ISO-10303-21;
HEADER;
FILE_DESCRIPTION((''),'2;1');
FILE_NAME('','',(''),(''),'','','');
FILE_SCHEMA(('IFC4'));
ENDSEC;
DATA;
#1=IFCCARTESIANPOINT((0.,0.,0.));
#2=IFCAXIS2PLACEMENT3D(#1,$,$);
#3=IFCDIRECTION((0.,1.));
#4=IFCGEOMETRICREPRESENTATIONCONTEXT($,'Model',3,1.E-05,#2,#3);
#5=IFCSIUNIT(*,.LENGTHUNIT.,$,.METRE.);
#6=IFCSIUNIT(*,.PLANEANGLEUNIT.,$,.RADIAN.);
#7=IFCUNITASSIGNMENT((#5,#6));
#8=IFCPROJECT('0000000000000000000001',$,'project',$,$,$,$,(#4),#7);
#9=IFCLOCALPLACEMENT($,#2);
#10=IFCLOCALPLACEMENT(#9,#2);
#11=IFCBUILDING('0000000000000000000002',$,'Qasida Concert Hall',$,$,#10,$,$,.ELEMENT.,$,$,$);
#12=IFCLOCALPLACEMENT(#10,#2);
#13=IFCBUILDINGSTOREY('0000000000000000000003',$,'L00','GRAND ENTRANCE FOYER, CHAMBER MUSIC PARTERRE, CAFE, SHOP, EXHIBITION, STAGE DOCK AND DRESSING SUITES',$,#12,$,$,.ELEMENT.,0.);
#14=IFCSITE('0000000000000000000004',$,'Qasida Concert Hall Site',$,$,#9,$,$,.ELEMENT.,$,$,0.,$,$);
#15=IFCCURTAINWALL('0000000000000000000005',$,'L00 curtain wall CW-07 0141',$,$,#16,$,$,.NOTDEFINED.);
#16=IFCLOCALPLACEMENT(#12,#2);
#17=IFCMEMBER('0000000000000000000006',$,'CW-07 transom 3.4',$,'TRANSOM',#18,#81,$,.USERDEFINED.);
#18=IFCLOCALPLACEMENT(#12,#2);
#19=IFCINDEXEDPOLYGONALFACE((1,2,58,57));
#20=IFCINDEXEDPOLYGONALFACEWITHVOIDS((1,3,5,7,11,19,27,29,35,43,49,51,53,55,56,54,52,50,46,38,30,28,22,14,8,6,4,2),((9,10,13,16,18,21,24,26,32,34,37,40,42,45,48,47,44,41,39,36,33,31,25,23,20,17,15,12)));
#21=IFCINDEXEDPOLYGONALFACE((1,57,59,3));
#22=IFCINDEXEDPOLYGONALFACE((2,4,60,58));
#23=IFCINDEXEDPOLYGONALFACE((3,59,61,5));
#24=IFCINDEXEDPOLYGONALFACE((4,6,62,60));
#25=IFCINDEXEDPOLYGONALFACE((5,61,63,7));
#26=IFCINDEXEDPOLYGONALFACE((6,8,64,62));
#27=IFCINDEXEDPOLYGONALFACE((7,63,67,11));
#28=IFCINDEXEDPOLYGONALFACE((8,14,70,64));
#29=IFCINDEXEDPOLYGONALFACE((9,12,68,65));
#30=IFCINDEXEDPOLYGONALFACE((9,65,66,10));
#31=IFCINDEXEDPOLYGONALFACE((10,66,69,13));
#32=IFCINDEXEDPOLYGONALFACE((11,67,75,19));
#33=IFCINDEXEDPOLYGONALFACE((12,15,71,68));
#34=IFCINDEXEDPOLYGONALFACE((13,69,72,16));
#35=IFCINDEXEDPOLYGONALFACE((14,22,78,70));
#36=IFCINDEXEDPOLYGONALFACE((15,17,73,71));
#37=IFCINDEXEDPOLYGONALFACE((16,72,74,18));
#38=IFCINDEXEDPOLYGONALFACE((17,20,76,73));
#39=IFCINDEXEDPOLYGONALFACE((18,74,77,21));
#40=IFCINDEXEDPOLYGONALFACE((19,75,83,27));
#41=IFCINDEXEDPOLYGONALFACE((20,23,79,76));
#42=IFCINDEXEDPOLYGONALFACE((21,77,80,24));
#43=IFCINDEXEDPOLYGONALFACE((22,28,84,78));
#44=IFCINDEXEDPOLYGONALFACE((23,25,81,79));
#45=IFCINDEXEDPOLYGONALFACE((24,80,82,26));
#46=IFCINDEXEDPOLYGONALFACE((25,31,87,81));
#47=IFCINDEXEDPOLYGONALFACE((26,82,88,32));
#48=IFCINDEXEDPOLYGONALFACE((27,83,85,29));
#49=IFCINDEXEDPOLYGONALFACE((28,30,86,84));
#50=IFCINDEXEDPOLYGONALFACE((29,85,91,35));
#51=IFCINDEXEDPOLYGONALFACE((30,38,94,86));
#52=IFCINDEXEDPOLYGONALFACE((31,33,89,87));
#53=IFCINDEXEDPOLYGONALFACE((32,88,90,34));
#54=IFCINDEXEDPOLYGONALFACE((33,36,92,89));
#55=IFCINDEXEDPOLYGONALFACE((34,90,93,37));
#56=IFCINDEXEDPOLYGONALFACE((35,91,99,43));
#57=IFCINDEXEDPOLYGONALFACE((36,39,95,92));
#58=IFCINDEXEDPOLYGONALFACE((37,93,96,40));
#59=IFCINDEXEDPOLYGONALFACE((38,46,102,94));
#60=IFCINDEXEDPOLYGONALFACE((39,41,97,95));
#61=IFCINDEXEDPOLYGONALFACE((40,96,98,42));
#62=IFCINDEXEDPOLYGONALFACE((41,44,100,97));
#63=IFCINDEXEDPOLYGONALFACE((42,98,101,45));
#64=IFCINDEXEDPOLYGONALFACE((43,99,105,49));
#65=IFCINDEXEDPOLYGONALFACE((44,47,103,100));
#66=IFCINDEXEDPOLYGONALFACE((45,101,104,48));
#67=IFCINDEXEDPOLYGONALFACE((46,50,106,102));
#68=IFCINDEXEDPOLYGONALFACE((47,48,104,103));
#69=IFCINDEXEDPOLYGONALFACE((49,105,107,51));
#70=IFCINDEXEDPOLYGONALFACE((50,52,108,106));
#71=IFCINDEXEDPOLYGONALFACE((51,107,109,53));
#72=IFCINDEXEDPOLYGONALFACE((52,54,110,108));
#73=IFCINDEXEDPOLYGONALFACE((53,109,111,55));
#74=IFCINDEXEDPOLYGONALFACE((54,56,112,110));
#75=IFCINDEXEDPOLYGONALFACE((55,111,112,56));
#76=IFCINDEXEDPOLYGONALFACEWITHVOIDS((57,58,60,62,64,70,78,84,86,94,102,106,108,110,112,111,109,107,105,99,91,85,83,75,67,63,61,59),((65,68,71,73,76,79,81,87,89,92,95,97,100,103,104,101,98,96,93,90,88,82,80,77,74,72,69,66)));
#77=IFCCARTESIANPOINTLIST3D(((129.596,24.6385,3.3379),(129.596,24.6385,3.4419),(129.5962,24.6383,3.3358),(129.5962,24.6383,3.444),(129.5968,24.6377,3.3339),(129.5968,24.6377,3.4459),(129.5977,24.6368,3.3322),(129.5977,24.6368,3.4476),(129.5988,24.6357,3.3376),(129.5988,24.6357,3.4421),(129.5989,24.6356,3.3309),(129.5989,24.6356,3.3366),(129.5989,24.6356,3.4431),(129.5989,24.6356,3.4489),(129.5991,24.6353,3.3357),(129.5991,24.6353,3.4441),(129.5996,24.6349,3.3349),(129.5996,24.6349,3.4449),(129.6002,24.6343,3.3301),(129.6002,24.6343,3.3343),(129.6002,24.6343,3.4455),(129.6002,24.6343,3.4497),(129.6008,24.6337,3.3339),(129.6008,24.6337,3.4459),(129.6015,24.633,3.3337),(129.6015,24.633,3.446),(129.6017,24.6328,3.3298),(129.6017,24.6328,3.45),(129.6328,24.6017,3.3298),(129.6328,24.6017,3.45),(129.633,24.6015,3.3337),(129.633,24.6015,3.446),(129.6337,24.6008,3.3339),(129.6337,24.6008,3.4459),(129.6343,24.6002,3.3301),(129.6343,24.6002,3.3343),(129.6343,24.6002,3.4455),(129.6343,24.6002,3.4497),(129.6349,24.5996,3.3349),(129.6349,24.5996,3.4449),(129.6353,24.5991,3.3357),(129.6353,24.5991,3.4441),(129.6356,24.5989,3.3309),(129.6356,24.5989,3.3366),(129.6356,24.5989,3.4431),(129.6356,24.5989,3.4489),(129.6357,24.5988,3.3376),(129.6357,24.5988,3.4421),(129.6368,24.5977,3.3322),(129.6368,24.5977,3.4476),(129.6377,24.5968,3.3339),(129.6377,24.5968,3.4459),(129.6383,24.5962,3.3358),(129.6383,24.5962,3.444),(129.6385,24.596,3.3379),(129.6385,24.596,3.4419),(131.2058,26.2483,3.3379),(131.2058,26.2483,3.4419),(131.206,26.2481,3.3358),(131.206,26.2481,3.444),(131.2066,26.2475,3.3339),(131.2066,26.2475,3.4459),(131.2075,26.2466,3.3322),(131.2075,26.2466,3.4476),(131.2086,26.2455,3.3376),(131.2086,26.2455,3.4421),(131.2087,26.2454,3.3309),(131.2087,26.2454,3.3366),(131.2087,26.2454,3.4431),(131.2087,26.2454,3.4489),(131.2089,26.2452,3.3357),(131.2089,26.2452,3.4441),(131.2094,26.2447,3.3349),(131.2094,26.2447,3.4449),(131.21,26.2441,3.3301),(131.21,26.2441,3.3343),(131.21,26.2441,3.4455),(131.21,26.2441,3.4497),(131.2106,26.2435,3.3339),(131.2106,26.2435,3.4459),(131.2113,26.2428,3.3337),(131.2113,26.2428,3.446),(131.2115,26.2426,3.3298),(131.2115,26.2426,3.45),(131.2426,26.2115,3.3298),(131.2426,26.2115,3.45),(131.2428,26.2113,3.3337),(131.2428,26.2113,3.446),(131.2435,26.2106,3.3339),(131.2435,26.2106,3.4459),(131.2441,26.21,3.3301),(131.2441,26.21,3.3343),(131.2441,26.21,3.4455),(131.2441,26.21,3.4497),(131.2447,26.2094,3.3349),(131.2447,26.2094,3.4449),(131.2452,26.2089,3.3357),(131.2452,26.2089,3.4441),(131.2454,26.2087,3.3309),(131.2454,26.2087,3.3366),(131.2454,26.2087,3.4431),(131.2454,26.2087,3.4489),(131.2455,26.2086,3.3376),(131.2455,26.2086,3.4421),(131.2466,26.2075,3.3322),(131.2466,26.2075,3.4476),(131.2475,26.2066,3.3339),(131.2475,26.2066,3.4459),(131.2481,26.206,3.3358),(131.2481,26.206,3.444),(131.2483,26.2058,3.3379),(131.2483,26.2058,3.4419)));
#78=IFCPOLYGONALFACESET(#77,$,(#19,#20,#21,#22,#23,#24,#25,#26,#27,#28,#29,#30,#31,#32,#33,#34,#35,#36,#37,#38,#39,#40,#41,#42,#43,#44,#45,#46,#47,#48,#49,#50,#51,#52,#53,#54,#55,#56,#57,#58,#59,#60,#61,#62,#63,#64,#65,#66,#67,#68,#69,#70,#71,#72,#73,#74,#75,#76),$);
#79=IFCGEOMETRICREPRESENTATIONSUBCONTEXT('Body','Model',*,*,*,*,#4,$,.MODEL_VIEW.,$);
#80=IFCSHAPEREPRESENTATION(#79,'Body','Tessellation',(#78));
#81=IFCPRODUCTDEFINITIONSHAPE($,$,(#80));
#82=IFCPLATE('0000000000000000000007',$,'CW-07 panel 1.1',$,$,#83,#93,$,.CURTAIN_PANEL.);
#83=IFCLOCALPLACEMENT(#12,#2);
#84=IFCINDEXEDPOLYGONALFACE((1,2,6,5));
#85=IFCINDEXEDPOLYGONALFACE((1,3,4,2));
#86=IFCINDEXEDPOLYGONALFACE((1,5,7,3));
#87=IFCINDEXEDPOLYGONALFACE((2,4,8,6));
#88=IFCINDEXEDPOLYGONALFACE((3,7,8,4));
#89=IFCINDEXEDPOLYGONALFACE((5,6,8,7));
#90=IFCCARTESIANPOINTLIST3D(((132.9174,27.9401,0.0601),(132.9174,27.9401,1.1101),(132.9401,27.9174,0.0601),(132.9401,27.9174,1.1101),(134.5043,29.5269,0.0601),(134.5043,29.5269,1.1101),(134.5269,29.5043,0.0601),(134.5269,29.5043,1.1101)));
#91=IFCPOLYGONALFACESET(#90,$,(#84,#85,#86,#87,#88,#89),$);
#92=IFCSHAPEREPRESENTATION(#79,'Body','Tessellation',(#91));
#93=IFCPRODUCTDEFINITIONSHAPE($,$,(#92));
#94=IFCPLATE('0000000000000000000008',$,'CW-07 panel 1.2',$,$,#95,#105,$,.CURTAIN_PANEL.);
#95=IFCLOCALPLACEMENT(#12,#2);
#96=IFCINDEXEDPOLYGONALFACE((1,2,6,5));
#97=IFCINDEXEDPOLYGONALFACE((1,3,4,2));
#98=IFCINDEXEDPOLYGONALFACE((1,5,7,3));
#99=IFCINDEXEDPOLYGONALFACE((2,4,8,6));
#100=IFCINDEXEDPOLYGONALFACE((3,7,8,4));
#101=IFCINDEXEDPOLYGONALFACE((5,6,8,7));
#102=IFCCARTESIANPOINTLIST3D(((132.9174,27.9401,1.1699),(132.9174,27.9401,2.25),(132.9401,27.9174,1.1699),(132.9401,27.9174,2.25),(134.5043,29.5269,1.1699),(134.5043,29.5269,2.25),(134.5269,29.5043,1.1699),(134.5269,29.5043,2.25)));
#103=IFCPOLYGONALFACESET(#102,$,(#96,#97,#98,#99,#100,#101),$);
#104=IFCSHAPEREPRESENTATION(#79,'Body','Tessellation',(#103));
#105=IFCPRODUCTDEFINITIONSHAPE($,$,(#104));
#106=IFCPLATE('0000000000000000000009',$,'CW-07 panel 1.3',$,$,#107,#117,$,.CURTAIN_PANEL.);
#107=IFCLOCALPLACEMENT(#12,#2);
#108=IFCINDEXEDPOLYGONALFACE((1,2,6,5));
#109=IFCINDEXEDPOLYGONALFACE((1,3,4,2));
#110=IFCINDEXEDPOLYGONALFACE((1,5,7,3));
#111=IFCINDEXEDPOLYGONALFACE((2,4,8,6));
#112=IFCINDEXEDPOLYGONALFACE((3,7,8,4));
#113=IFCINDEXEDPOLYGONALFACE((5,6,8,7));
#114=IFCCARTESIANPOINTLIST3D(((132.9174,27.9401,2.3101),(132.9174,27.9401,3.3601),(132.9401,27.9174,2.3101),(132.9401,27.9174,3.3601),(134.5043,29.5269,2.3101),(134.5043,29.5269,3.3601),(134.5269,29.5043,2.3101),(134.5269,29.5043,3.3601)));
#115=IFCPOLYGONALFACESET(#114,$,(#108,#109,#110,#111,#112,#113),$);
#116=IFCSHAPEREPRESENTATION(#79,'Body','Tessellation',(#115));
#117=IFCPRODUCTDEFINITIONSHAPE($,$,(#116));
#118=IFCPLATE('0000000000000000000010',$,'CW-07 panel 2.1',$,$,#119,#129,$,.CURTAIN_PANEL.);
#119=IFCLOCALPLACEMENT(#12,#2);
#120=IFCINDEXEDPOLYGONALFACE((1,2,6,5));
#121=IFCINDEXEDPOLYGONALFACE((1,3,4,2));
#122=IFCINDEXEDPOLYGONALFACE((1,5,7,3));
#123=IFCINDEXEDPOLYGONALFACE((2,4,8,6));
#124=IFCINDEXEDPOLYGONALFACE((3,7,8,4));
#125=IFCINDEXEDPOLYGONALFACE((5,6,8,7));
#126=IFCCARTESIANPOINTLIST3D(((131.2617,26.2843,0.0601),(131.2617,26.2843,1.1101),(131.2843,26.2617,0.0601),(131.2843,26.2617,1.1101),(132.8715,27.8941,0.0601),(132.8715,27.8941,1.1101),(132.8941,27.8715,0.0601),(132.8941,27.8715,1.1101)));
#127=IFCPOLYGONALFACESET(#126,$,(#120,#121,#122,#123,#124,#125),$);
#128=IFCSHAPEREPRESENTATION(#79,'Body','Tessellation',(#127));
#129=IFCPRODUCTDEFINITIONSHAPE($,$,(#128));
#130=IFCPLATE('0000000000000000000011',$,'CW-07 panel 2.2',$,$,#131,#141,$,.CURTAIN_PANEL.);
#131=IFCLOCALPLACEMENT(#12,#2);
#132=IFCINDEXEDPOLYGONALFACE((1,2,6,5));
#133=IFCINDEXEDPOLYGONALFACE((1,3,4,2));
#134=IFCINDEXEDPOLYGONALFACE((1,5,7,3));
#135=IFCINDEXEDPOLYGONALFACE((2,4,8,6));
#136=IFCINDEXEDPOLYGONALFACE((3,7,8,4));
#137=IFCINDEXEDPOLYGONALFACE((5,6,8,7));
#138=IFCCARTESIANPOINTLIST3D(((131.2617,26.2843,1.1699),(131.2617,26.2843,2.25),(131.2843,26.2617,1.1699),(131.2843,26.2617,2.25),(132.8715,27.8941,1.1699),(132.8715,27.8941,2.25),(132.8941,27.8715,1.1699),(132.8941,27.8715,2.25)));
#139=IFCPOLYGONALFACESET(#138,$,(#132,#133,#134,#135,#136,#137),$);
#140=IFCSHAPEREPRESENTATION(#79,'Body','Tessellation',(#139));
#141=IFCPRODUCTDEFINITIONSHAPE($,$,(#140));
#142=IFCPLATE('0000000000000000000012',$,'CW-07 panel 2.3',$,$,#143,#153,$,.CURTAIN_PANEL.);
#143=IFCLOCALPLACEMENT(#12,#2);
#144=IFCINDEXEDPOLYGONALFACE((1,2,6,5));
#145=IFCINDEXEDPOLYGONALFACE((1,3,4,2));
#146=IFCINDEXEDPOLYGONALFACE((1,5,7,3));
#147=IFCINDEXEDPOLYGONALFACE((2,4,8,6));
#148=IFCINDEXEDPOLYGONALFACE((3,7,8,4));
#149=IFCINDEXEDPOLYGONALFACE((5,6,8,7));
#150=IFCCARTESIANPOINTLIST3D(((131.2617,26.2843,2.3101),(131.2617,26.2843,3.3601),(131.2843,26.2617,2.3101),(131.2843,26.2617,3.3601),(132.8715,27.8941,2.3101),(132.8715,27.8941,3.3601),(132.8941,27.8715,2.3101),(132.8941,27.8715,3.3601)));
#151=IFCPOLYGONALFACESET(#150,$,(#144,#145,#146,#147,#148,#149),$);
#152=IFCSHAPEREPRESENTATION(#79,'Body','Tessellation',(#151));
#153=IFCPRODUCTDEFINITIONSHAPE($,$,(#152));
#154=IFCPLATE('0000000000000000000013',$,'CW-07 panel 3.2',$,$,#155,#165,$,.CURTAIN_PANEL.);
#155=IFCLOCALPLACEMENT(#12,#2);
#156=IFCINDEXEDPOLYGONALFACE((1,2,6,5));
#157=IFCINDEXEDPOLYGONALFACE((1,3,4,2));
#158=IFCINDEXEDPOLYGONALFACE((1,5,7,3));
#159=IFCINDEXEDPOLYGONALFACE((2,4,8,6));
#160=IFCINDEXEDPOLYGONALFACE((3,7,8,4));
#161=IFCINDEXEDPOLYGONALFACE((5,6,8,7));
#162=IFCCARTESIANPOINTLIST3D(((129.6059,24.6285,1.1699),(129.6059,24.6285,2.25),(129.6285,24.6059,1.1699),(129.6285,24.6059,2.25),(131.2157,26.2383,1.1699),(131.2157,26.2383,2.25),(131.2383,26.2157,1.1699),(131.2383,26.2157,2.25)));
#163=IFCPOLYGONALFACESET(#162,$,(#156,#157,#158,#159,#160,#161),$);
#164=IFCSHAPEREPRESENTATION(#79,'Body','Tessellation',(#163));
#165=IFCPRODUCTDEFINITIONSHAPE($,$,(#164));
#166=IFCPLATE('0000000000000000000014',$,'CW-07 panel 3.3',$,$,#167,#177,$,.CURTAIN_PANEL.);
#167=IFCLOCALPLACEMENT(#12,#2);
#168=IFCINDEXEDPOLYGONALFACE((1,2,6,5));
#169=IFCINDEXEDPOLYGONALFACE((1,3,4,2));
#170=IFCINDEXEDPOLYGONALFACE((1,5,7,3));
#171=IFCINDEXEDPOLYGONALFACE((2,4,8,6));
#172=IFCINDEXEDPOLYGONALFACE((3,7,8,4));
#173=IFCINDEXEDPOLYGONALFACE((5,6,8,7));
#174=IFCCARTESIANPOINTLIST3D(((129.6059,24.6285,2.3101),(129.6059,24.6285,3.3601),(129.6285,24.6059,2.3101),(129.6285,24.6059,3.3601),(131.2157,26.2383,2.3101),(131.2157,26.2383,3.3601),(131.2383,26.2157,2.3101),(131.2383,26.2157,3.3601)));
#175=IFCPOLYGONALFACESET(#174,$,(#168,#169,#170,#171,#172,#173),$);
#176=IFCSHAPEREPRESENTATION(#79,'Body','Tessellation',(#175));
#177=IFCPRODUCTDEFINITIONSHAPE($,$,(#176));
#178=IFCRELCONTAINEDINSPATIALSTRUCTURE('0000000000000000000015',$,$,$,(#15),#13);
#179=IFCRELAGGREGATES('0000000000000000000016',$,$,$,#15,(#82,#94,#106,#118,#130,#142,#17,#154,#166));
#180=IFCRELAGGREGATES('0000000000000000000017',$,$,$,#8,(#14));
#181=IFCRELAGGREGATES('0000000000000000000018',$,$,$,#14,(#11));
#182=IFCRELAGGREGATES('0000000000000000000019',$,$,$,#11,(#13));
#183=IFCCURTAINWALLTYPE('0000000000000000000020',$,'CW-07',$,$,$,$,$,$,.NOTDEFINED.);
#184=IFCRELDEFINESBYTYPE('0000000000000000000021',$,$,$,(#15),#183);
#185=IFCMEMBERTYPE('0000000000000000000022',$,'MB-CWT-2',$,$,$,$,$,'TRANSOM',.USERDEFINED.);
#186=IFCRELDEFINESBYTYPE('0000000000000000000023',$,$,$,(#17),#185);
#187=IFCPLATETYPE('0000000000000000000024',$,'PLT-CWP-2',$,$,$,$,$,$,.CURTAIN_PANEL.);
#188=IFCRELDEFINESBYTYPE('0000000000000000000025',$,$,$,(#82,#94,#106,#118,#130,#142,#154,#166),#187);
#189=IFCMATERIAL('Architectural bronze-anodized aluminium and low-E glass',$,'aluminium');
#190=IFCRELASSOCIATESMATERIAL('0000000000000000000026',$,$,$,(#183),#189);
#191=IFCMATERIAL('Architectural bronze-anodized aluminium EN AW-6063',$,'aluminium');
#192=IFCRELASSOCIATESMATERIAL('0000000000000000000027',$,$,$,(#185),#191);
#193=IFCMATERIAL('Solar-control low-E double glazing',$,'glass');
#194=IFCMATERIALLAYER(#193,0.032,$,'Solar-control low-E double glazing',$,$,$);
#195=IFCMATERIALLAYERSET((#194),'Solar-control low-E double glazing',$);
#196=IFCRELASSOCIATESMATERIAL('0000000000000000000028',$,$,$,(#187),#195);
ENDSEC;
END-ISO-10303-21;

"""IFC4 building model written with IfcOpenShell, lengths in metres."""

from ifc_helpers import new_model, si_unit, direction, frame, origin, origin_2d, place, context, subcontext, project, spatial, rectangle, hollow_rectangle, extrude, material, layer, layer_set, material_profile, profile_set, type_object, element, aggregate, save


model = new_model("IFC4")

# Units and contexts
model_context = context("Model", 3, precision=1e-05, world=origin(), true_north=direction((0.0, 1.0)))
body_context = subcontext(model_context, "Body", "Model", "MODEL_VIEW")
ifc_project = project(units=[si_unit("LENGTHUNIT", "METRE"), si_unit("PLANEANGLEUNIT", "RADIAN")], contexts=[model_context])

# Site, building, storey
site_placement = place(None, origin())
site = spatial("IfcSite", under=ifc_project, at=site_placement, Name="Qasida Concert Hall Site", CompositionType="ELEMENT", RefElevation=0.0)
building_placement = place(site_placement, origin())
building = spatial("IfcBuilding", under=site, at=building_placement, Name="Qasida Concert Hall", CompositionType="ELEMENT")
storey_placement = place(building_placement, origin())
storey = spatial("IfcBuildingStorey", under=building, at=storey_placement, Name="L00", Description="GRAND ENTRANCE FOYER, CHAMBER MUSIC PARTERRE, CAFE, SHOP, EXHIBITION, STAGE DOCK AND DRESSING SUITES", CompositionType="ELEMENT", Elevation=0.0)

# Curtain wall, member, plates
ifc_material_1 = material(Name="Architectural bronze-anodized aluminium and low-E glass", Category="aluminium")
curtain_wall_type = type_object("IfcCurtainWallType", Name="CW-07", PredefinedType="NOTDEFINED", material=ifc_material_1)
curtain_wall_placement = place(storey_placement, origin())
curtain_wall = element("IfcCurtainWall", 1, at=curtain_wall_placement, inside=storey, type_object=curtain_wall_type, Name="L00 curtain wall CW-07 0141", PredefinedType="NOTDEFINED")
ifc_material_2 = material(Name="Architectural bronze-anodized aluminium EN AW-6063", Category="aluminium")
ifc_material_profile_1 = material_profile(ifc_material_2, hollow_rectangle(XDim=0.0601, YDim=0.1201, WallThickness=0.0039, InnerFilletRadius=0.0039, OuterFilletRadius=0.0081, at=origin_2d()), Name="CWT 120x60x4")
ifc_profile_set_1 = profile_set([ifc_material_profile_1], Name="Architectural bronze-anodized aluminium EN AW-6063")
member_type_1 = type_object("IfcMemberType", Name="MB-CWT-2", ElementType="TRANSOM", PredefinedType="USERDEFINED", material=ifc_profile_set_1)
member_1_placement = place(storey_placement, frame((131.2271, 26.2271, 3.3899), z_axis=(-0.707107, -0.707107, 0.0), x_axis=(0.707107, -0.707107, 0.0)))
member_1 = element("IfcMember", 2, at=member_1_placement, type_object=member_type_1, Name="CW-07 transom 3.4", ObjectType="TRANSOM", PredefinedType="USERDEFINED", context=body_context, shape_type="SweptSolid", body=[
    extrude(hollow_rectangle(XDim=0.0601, YDim=0.1201, WallThickness=0.0039, InnerFilletRadius=0.0039, OuterFilletRadius=0.0081, at=origin_2d()), origin(), (0.0, 0.0, 1.0), 2.2766),
])
ifc_material_3 = material(Name="Solar-control low-E double glazing", Category="glass")
ifc_layer = layer(ifc_material_3, 0.032, Name="Solar-control low-E double glazing")
ifc_layer_set = layer_set([ifc_layer], Name="Solar-control low-E double glazing")
plate_type = type_object("IfcPlateType", Name="PLT-CWP-2", PredefinedType="CURTAIN_PANEL", material=ifc_layer_set)
plate_1_placement = place(storey_placement, frame((133.7222, 28.7222, 0.0601), z_axis=(0.0, 0.0, 1.0), x_axis=(-0.707107, -0.707107, 0.0)))
plate_1 = element("IfcPlate", 3, at=plate_1_placement, type_object=plate_type, Name="CW-07 panel 1.1", PredefinedType="CURTAIN_PANEL", context=body_context, shape_type="SweptSolid", body=[
    extrude(rectangle(XDim=2.2441, YDim=0.032, at=origin_2d()), origin(), (0.0, 0.0, 1.0), 1.05),
])
plate_2_placement = place(storey_placement, frame((133.7222, 28.7222, 1.1699), z_axis=(0.0, 0.0, 1.0), x_axis=(-0.707107, -0.707107, 0.0)))
plate_2 = element("IfcPlate", 4, at=plate_2_placement, type_object=plate_type, Name="CW-07 panel 1.2", PredefinedType="CURTAIN_PANEL", context=body_context, shape_type="SweptSolid", body=[
    extrude(rectangle(XDim=2.2441, YDim=0.032, at=origin_2d()), origin(), (0.0, 0.0, 1.0), 1.0801),
])
plate_3_placement = place(storey_placement, frame((133.7222, 28.7222, 2.3101), z_axis=(0.0, 0.0, 1.0), x_axis=(-0.707107, -0.707107, 0.0)))
plate_3 = element("IfcPlate", 5, at=plate_3_placement, type_object=plate_type, Name="CW-07 panel 1.3", PredefinedType="CURTAIN_PANEL", context=body_context, shape_type="SweptSolid", body=[
    extrude(rectangle(XDim=2.2441, YDim=0.032, at=origin_2d()), origin(), (0.0, 0.0, 1.0), 1.05),
])
plate_4_placement = place(storey_placement, frame((132.0779, 27.0779, 0.0601), z_axis=(0.0, 0.0, 1.0), x_axis=(-0.707107, -0.707107, 0.0)))
plate_4 = element("IfcPlate", 6, at=plate_4_placement, type_object=plate_type, Name="CW-07 panel 2.1", PredefinedType="CURTAIN_PANEL", context=body_context, shape_type="SweptSolid", body=[
    extrude(rectangle(XDim=2.2766, YDim=0.032, at=origin_2d()), origin(), (0.0, 0.0, 1.0), 1.05),
])
plate_5_placement = place(storey_placement, frame((132.0779, 27.0779, 1.1699), z_axis=(0.0, 0.0, 1.0), x_axis=(-0.707107, -0.707107, 0.0)))
plate_5 = element("IfcPlate", 7, at=plate_5_placement, type_object=plate_type, Name="CW-07 panel 2.2", PredefinedType="CURTAIN_PANEL", context=body_context, shape_type="SweptSolid", body=[
    extrude(rectangle(XDim=2.2766, YDim=0.032, at=origin_2d()), origin(), (0.0, 0.0, 1.0), 1.0801),
])
plate_6_placement = place(storey_placement, frame((132.0779, 27.0779, 2.3101), z_axis=(0.0, 0.0, 1.0), x_axis=(-0.707107, -0.707107, 0.0)))
plate_6 = element("IfcPlate", 8, at=plate_6_placement, type_object=plate_type, Name="CW-07 panel 2.3", PredefinedType="CURTAIN_PANEL", context=body_context, shape_type="SweptSolid", body=[
    extrude(rectangle(XDim=2.2766, YDim=0.032, at=origin_2d()), origin(), (0.0, 0.0, 1.0), 1.05),
])
plate_7_placement = place(storey_placement, frame((130.4221, 25.4221, 1.1699), z_axis=(0.0, 0.0, 1.0), x_axis=(-0.707107, -0.707107, 0.0)))
plate_7 = element("IfcPlate", 9, at=plate_7_placement, type_object=plate_type, Name="CW-07 panel 3.2", PredefinedType="CURTAIN_PANEL", context=body_context, shape_type="SweptSolid", body=[
    extrude(rectangle(XDim=2.2766, YDim=0.032, at=origin_2d()), origin(), (0.0, 0.0, 1.0), 1.0801),
])
plate_8_placement = place(storey_placement, frame((130.4221, 25.4221, 2.3101), z_axis=(0.0, 0.0, 1.0), x_axis=(-0.707107, -0.707107, 0.0)))
plate_8 = element("IfcPlate", 10, at=plate_8_placement, type_object=plate_type, Name="CW-07 panel 3.3", PredefinedType="CURTAIN_PANEL", context=body_context, shape_type="SweptSolid", body=[
    extrude(rectangle(XDim=2.2766, YDim=0.032, at=origin_2d()), origin(), (0.0, 0.0, 1.0), 1.05),
])
aggregate(curtain_wall, [plate_1, plate_2, plate_3, plate_4, plate_5, plate_6, member_1, plate_7, plate_8])

save(model, "model.ifc")
